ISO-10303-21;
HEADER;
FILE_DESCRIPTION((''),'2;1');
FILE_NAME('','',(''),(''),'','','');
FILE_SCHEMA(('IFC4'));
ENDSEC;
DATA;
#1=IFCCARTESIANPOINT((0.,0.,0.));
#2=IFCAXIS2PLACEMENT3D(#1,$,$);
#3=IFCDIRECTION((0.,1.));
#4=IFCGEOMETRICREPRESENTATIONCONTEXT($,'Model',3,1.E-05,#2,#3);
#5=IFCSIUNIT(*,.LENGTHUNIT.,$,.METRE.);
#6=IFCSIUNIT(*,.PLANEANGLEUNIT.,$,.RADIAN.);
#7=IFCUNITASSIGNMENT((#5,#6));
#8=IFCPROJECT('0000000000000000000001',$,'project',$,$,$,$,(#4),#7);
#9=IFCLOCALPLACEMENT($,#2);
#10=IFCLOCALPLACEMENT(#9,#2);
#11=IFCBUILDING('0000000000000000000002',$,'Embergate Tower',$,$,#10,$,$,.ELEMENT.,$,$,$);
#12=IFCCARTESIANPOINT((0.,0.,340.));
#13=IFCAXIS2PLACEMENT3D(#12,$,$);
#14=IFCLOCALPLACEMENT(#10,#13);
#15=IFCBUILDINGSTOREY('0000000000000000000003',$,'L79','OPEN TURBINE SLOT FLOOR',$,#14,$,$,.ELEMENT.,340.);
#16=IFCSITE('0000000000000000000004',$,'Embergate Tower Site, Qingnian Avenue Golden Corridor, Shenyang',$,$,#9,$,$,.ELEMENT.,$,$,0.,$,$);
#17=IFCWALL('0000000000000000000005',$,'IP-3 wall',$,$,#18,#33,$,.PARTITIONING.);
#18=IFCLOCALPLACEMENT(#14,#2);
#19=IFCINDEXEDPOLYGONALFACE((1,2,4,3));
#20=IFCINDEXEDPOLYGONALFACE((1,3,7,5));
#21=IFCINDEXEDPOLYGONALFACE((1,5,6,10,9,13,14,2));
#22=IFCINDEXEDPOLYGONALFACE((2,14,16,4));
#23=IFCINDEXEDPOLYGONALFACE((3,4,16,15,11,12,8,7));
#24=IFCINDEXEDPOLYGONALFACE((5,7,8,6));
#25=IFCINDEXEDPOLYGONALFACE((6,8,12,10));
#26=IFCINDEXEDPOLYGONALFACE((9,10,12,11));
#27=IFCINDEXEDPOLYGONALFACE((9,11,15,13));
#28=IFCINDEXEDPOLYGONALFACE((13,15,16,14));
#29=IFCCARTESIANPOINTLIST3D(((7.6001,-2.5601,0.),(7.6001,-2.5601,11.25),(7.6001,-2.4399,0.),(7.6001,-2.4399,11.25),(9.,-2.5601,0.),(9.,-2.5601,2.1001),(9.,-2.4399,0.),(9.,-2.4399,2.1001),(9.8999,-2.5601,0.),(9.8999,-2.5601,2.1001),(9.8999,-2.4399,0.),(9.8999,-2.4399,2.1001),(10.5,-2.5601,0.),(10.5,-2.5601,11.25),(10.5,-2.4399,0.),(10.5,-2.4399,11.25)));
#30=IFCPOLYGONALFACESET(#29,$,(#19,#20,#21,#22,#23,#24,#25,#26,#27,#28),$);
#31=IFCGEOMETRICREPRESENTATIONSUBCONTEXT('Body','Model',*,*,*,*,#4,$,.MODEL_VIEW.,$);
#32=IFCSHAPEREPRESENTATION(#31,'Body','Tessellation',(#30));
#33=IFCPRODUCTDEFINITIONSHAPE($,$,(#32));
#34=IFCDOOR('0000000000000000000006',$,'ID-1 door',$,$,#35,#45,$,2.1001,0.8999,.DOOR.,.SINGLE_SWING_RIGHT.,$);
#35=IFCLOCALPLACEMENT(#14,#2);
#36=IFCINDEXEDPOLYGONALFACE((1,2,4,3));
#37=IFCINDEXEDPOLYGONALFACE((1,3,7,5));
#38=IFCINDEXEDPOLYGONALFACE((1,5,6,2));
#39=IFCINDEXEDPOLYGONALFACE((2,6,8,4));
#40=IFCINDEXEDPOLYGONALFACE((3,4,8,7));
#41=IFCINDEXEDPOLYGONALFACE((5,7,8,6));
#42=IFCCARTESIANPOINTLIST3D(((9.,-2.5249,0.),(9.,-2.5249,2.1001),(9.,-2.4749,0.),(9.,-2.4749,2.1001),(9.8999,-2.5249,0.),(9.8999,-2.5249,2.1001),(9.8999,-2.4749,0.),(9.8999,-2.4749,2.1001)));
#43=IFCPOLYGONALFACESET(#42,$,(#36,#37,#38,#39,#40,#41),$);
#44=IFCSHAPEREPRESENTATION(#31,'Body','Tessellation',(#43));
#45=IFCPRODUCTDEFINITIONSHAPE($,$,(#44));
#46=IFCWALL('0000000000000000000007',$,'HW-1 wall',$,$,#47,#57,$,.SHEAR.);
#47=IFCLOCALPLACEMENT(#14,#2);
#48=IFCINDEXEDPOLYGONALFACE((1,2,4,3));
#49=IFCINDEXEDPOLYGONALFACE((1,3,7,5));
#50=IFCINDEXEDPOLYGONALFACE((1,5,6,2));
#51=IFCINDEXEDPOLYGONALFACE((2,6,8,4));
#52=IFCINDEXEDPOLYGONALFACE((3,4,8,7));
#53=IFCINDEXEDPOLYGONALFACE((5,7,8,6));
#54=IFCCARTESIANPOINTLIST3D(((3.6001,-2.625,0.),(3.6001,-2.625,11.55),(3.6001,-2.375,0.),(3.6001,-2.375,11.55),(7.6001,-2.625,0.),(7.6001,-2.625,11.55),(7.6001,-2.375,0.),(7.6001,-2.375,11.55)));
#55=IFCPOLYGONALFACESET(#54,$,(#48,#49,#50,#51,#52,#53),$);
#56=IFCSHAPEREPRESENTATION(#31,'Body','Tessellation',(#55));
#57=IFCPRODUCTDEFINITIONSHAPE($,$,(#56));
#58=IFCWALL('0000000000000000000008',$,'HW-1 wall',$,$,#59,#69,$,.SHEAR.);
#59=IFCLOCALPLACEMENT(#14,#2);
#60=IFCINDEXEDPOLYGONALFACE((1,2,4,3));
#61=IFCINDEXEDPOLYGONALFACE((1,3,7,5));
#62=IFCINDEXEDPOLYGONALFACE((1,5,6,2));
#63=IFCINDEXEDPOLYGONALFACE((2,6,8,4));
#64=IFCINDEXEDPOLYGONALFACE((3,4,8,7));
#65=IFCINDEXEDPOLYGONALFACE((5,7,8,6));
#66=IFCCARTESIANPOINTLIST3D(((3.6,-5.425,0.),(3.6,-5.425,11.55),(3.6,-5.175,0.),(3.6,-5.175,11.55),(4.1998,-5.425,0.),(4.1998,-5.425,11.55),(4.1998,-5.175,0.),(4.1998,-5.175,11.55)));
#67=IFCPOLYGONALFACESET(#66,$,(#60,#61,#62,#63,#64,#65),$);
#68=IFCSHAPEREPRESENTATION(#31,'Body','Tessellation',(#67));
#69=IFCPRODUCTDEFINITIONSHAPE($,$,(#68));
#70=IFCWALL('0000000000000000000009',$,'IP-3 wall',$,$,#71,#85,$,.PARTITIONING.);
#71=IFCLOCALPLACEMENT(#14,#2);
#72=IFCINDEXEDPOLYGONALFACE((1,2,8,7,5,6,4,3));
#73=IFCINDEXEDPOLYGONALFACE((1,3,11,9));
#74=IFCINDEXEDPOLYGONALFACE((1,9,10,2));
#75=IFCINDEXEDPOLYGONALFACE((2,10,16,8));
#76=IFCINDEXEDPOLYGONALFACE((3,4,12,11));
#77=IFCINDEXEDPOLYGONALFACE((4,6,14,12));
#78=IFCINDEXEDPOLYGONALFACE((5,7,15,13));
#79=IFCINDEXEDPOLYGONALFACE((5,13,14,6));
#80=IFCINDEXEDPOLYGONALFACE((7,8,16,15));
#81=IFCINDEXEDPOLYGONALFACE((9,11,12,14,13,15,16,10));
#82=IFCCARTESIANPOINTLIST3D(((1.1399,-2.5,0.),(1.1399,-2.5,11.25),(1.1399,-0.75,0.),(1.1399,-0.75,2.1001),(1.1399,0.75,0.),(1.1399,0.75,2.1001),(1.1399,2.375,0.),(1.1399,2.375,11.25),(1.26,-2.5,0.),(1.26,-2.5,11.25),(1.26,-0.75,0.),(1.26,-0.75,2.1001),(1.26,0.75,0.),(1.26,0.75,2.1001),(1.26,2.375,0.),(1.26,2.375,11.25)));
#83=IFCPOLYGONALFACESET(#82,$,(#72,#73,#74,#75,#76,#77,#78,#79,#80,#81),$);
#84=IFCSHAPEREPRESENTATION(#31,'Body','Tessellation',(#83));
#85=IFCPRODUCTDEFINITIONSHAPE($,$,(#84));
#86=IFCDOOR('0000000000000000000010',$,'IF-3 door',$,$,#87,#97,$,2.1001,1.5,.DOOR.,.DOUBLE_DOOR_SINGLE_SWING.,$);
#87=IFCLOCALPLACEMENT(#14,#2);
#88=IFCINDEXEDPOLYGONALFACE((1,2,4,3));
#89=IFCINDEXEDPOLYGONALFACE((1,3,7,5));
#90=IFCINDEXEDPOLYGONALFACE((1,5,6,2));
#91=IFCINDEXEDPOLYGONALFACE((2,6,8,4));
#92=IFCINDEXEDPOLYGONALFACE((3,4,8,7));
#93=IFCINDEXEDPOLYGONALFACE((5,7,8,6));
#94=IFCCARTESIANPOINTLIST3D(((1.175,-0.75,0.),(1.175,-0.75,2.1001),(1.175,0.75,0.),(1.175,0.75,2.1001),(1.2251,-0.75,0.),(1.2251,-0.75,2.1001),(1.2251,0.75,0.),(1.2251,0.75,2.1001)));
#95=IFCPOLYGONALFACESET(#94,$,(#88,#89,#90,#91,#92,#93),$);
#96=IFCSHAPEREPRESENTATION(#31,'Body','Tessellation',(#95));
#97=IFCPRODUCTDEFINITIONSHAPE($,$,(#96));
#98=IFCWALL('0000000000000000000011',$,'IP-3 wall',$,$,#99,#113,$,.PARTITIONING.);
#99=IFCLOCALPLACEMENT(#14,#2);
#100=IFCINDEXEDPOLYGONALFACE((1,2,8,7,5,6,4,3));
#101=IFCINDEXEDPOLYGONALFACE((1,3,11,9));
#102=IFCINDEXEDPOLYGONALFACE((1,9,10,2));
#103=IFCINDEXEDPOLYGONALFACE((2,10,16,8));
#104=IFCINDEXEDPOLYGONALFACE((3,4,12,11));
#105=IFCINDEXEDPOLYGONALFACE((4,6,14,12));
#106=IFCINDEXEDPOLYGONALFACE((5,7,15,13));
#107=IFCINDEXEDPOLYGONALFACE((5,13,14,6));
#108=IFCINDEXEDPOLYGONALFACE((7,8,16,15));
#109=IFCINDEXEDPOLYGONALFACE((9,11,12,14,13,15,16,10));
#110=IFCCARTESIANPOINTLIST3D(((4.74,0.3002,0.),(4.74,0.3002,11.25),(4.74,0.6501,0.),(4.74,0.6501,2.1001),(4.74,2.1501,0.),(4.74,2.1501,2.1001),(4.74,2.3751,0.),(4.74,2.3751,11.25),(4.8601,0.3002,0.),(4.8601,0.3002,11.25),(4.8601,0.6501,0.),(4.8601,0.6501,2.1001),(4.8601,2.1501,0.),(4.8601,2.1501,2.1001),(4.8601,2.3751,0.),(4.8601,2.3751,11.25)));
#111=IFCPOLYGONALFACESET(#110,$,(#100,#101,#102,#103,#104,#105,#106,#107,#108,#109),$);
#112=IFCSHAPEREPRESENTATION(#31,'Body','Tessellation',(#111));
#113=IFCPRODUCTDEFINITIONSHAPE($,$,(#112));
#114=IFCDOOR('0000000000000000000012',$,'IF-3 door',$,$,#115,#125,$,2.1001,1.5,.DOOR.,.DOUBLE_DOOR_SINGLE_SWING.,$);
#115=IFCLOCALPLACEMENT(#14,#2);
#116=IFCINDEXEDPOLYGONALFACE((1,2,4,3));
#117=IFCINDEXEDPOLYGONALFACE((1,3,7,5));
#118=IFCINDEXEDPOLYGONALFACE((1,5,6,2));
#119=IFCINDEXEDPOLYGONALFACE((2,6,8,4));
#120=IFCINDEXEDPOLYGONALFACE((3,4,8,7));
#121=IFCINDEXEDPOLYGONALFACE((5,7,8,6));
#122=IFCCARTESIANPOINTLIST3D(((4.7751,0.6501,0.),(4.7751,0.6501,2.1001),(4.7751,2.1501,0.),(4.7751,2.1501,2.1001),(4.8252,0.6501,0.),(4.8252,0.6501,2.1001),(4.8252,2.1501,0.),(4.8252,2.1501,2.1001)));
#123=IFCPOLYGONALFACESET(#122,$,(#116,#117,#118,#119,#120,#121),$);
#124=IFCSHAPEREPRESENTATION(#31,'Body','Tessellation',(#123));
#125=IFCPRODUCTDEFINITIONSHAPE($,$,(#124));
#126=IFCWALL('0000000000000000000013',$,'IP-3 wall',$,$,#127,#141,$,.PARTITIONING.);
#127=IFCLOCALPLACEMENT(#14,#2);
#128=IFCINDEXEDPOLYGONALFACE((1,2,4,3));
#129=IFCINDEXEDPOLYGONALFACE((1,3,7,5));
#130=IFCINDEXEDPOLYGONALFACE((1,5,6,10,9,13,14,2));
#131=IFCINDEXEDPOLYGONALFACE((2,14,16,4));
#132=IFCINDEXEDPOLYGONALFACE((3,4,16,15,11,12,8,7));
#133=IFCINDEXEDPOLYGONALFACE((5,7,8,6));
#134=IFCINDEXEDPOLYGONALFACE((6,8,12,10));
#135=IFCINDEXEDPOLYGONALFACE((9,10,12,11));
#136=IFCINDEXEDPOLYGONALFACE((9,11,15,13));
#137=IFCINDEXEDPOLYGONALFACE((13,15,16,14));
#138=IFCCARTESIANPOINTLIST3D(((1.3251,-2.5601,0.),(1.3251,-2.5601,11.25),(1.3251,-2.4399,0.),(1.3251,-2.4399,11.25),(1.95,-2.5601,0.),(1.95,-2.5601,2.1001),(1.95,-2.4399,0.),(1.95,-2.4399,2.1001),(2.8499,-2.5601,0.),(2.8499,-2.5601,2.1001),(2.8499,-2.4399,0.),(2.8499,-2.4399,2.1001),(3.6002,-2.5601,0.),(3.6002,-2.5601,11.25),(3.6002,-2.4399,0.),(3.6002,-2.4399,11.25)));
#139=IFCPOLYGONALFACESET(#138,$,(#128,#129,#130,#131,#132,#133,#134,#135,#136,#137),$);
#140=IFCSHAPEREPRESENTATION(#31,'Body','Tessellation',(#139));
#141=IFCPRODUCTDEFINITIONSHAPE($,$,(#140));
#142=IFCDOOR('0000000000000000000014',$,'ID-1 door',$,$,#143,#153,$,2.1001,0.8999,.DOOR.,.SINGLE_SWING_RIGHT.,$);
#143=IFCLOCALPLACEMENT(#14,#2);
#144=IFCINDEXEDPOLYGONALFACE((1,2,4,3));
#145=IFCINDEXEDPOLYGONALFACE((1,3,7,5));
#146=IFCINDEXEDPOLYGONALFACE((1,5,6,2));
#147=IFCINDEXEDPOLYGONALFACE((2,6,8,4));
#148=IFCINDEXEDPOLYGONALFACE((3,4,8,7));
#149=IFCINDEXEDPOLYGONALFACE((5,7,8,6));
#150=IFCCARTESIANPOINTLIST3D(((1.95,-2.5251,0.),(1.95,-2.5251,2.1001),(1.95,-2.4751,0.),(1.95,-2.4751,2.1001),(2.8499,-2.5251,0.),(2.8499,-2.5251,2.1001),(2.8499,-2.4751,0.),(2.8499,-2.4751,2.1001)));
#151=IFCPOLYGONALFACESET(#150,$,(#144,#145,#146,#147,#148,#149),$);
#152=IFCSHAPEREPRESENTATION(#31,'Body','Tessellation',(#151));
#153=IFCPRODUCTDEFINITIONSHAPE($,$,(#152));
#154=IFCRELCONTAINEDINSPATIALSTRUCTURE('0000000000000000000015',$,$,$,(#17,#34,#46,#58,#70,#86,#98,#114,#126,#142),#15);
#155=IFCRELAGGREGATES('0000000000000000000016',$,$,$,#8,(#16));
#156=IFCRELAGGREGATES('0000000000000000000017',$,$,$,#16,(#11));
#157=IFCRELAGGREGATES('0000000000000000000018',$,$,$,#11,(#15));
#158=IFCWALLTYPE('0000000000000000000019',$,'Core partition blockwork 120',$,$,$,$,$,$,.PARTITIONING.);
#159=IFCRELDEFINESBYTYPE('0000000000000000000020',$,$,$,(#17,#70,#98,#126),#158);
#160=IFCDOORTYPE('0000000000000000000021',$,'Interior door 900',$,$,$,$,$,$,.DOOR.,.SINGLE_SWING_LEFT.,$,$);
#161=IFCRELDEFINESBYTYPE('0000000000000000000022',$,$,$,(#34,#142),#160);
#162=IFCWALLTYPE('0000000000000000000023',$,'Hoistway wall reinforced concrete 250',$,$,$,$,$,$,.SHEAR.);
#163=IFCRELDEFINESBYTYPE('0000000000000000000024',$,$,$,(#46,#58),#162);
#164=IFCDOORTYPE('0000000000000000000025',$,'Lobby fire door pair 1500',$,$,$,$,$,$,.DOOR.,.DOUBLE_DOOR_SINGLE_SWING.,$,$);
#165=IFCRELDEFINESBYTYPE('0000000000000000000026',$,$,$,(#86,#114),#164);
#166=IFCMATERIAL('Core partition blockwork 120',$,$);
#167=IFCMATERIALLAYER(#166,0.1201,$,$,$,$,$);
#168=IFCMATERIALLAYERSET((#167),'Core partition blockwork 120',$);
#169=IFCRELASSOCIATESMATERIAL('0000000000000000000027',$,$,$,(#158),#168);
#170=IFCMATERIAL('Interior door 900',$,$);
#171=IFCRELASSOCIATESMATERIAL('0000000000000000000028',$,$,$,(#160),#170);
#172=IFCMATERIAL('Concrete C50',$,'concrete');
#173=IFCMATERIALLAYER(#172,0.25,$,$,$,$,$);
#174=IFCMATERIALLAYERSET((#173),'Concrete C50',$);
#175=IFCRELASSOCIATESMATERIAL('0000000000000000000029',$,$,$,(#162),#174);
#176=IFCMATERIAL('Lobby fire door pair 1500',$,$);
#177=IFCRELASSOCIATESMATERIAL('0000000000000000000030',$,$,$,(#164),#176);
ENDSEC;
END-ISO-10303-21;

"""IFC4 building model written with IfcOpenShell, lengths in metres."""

from ifc_helpers import new_model, si_unit, direction, frame, frame_2d, origin, place, context, subcontext, project, spatial, rectangle, extrude, source, transform, mapped, material, layer, layer_set, type_object, element, fill, save


model = new_model("IFC4")

# Units and contexts
model_context = context("Model", 3, precision=1e-05, world=origin(), true_north=direction((0.0, 1.0)))
body_context = subcontext(model_context, "Body", "Model", "MODEL_VIEW")
ifc_project = project(units=[si_unit("LENGTHUNIT", "METRE"), si_unit("PLANEANGLEUNIT", "RADIAN")], contexts=[model_context])

# Site, building, storey
site_placement = place(None, origin())
site = spatial("IfcSite", under=ifc_project, at=site_placement, Name="Embergate Tower Site, Qingnian Avenue Golden Corridor, Shenyang", CompositionType="ELEMENT", RefElevation=0.0)
building_placement = place(site_placement, origin())
building = spatial("IfcBuilding", under=site, at=building_placement, Name="Embergate Tower", CompositionType="ELEMENT")
storey_placement = place(building_placement, frame((0.0, 0.0, 340.0)))
storey = spatial("IfcBuildingStorey", under=building, at=storey_placement, Name="L79", Description="OPEN TURBINE SLOT FLOOR", CompositionType="ELEMENT", Elevation=340.0)

# Shared definitions
ifc_material_1 = material(Name="Concrete C50", Category="concrete")

# Shared definitions
ifc_material_2 = material(Name="Core partition blockwork 120")
ifc_layer_1 = layer(ifc_material_2, 0.1201)
ifc_layer_set_1 = layer_set([ifc_layer_1], Name="Core partition blockwork 120")
wall_type_1 = type_object("IfcWallType", Name="Core partition blockwork 120", PredefinedType="PARTITIONING", material=ifc_layer_set_1)
shared_shape_1 = source(origin(), body_context, "Body", "SweptSolid", [
    extrude(rectangle(XDim=0.8999, YDim=2.1001, at=frame_2d((0.45, 1.05))), frame((0.0, 0.0701, 0.0), z_axis=(0.0, -1.0, 0.0), x_axis=(1.0, 0.0, 0.0)), (0.0, 0.0, 1.0), 0.1401),
])
ifc_material_3 = material(Name="Interior door 900")
door_type_1 = type_object("IfcDoorType", Name="Interior door 900", OperationType="SINGLE_SWING_LEFT", PredefinedType="DOOR", material=ifc_material_3)
shared_shape_2 = source(origin(), body_context, "Body", "SweptSolid", [
    extrude(rectangle(XDim=0.8999, YDim=2.1001, at=frame_2d((0.45, 1.05))), frame((0.0, 0.0249, 0.0), z_axis=(0.0, -1.0, 0.0), x_axis=(1.0, 0.0, 0.0)), (0.0, 0.0, 1.0), 0.05),
])

# Shared definitions
ifc_layer_2 = layer(ifc_material_1, 0.25)
ifc_layer_set_2 = layer_set([ifc_layer_2], Name="Concrete C50")
wall_type_2 = type_object("IfcWallType", Name="Hoistway wall reinforced concrete 250", PredefinedType="SHEAR", material=ifc_layer_set_2)

# Wall, opening, door
shared_shape_3 = source(origin(), body_context, "Body", "SweptSolid", [
    extrude(rectangle(XDim=2.8999, YDim=0.1201, at=frame_2d((1.45, 0.0))), origin(), (0.0, 0.0, 1.0), 11.25),
])
wall_1_placement = place(storey_placement, frame((10.5, -2.5, 0.0), z_axis=(0.0, 0.0, 1.0), x_axis=(-1.0, 0.0, 0.0)))
wall_1 = element("IfcWall", 1, at=wall_1_placement, inside=storey, type_object=wall_type_1, Name="IP-3 wall", PredefinedType="PARTITIONING", context=body_context, shape_type="MappedRepresentation", body=[
    mapped(shared_shape_3, transform((0.0, 0.0, 0.0))),
])
opening_1_placement = place(wall_1_placement, frame((0.6001, 0.0, 0.0)))
opening_1 = element("IfcOpeningElement", 2, at=opening_1_placement, cuts=wall_1, PredefinedType="OPENING", context=body_context, shape_type="MappedRepresentation", body=[
    mapped(shared_shape_1, transform((0.0, 0.0, 0.0))),
])
door_1_placement = place(opening_1_placement, origin())
door_1 = element("IfcDoor", 3, at=door_1_placement, inside=storey, type_object=door_type_1, Name="ID-1 door", OperationType="SINGLE_SWING_RIGHT", OverallHeight=2.1001, OverallWidth=0.8999, PredefinedType="DOOR", context=body_context, shape_type="MappedRepresentation", body=[
    mapped(shared_shape_2, transform((0.0, 0.0, 0.0))),
])
fill(opening_1, door_1)

# Walls
shared_shape_4 = source(origin(), body_context, "Body", "SweptSolid", [
    extrude(rectangle(XDim=4.0, YDim=0.25, at=frame_2d((2.0, 0.0))), origin(), (0.0, 0.0, 1.0), 11.55),
])
wall_2_placement = place(storey_placement, frame((7.6001, -2.5, 0.0), z_axis=(0.0, 0.0, 1.0), x_axis=(-1.0, 0.0, 0.0)))
element("IfcWall", 4, at=wall_2_placement, inside=storey, type_object=wall_type_2, Name="HW-1 wall", PredefinedType="SHEAR", context=body_context, shape_type="MappedRepresentation", body=[
    mapped(shared_shape_4, transform((0.0, 0.0, 0.0))),
])
shared_shape_5 = source(origin(), body_context, "Body", "SweptSolid", [
    extrude(rectangle(XDim=0.5999, YDim=0.25, at=frame_2d((0.2998, 0.0))), origin(), (0.0, 0.0, 1.0), 11.55),
])
wall_3_placement = place(storey_placement, frame((3.6001, -5.3, 0.0), z_axis=(0.0, 0.0, 1.0), x_axis=(1.0, 0.0, 0.0)))
element("IfcWall", 5, at=wall_3_placement, inside=storey, type_object=wall_type_2, Name="HW-1 wall", PredefinedType="SHEAR", context=body_context, shape_type="MappedRepresentation", body=[
    mapped(shared_shape_5, transform((0.0, 0.0, 0.0))),
])

# Walls, openings, doors
shared_shape_6 = source(origin(), body_context, "Body", "SweptSolid", [
    extrude(rectangle(XDim=4.875, YDim=0.1201, at=frame_2d((2.4375, 0.0))), origin(), (0.0, 0.0, 1.0), 11.25),
])
wall_4_placement = place(storey_placement, frame((1.2, -2.5, 0.0), z_axis=(0.0, 0.0, 1.0), x_axis=(0.0, 1.0, 0.0)))
wall_4 = element("IfcWall", 6, at=wall_4_placement, inside=storey, type_object=wall_type_1, Name="IP-3 wall", PredefinedType="PARTITIONING", context=body_context, shape_type="MappedRepresentation", body=[
    mapped(shared_shape_6, transform((0.0, 0.0, 0.0))),
])
shared_shape_7 = source(origin(), body_context, "Body", "SweptSolid", [
    extrude(rectangle(XDim=1.5, YDim=2.1001, at=frame_2d((0.75, 1.05))), frame((0.0, 0.0701, 0.0), z_axis=(0.0, -1.0, 0.0), x_axis=(1.0, 0.0, 0.0)), (0.0, 0.0, 1.0), 0.1401),
])
opening_2_placement = place(wall_4_placement, frame((1.75, 0.0, 0.0)))
opening_2 = element("IfcOpeningElement", 7, at=opening_2_placement, cuts=wall_4, PredefinedType="OPENING", context=body_context, shape_type="MappedRepresentation", body=[
    mapped(shared_shape_7, transform((0.0, 0.0, 0.0))),
])
ifc_material_4 = material(Name="Lobby fire door pair 1500")
door_type_2 = type_object("IfcDoorType", Name="Lobby fire door pair 1500", OperationType="DOUBLE_DOOR_SINGLE_SWING", PredefinedType="DOOR", material=ifc_material_4)
shared_shape_8 = source(origin(), body_context, "Body", "SweptSolid", [
    extrude(rectangle(XDim=1.5, YDim=2.1001, at=frame_2d((0.75, 1.05))), frame((0.0, 0.0249, 0.0), z_axis=(0.0, -1.0, 0.0), x_axis=(1.0, 0.0, 0.0)), (0.0, 0.0, 1.0), 0.05),
])
door_2_placement = place(opening_2_placement, origin())
door_2 = element("IfcDoor", 8, at=door_2_placement, inside=storey, type_object=door_type_2, Name="IF-3 door", OperationType="DOUBLE_DOOR_SINGLE_SWING", OverallHeight=2.1001, OverallWidth=1.5, PredefinedType="DOOR", context=body_context, shape_type="MappedRepresentation", body=[
    mapped(shared_shape_8, transform((0.0, 0.0, 0.0))),
])
fill(opening_2, door_2)
shared_shape_9 = source(origin(), body_context, "Body", "SweptSolid", [
    extrude(rectangle(XDim=2.075, YDim=0.1201, at=frame_2d((1.0376, 0.0))), origin(), (0.0, 0.0, 1.0), 11.25),
])
wall_5_placement = place(storey_placement, frame((4.8, 0.3, 0.0), z_axis=(0.0, 0.0, 1.0), x_axis=(0.0, 1.0, 0.0)))
wall_5 = element("IfcWall", 9, at=wall_5_placement, inside=storey, type_object=wall_type_1, Name="IP-3 wall", PredefinedType="PARTITIONING", context=body_context, shape_type="MappedRepresentation", body=[
    mapped(shared_shape_9, transform((0.0, 0.0, 0.0))),
])
opening_3_placement = place(wall_5_placement, frame((0.3501, 0.0, 0.0)))
opening_3 = element("IfcOpeningElement", 10, at=opening_3_placement, cuts=wall_5, PredefinedType="OPENING", context=body_context, shape_type="MappedRepresentation", body=[
    mapped(shared_shape_7, transform((0.0, 0.0, 0.0))),
])
door_3_placement = place(opening_3_placement, origin())
door_3 = element("IfcDoor", 11, at=door_3_placement, inside=storey, type_object=door_type_2, Name="IF-3 door", OperationType="DOUBLE_DOOR_SINGLE_SWING", OverallHeight=2.1001, OverallWidth=1.5, PredefinedType="DOOR", context=body_context, shape_type="MappedRepresentation", body=[
    mapped(shared_shape_8, transform((0.0, 0.0, 0.0))),
])
fill(opening_3, door_3)
shared_shape_10 = source(origin(), body_context, "Body", "SweptSolid", [
    extrude(rectangle(XDim=2.2751, YDim=0.1201, at=frame_2d((1.1377, 0.0))), origin(), (0.0, 0.0, 1.0), 11.25),
])
wall_6_placement = place(storey_placement, frame((1.325, -2.5, 0.0), z_axis=(0.0, 0.0, 1.0), x_axis=(1.0, 0.0, 0.0)))
wall_6 = element("IfcWall", 12, at=wall_6_placement, inside=storey, type_object=wall_type_1, Name="IP-3 wall", PredefinedType="PARTITIONING", context=body_context, shape_type="MappedRepresentation", body=[
    mapped(shared_shape_10, transform((0.0, 0.0, 0.0))),
])
opening_4_placement = place(wall_6_placement, frame((0.625, 0.0, 0.0)))
opening_4 = element("IfcOpeningElement", 13, at=opening_4_placement, cuts=wall_6, PredefinedType="OPENING", context=body_context, shape_type="MappedRepresentation", body=[
    mapped(shared_shape_1, transform((0.0, 0.0, 0.0))),
])
door_4_placement = place(opening_4_placement, origin())
door_4 = element("IfcDoor", 14, at=door_4_placement, inside=storey, type_object=door_type_1, Name="ID-1 door", OperationType="SINGLE_SWING_RIGHT", OverallHeight=2.1001, OverallWidth=0.8999, PredefinedType="DOOR", context=body_context, shape_type="MappedRepresentation", body=[
    mapped(shared_shape_2, transform((0.0, 0.0, 0.0))),
])
fill(opening_4, door_4)

save(model, "model.ifc")
